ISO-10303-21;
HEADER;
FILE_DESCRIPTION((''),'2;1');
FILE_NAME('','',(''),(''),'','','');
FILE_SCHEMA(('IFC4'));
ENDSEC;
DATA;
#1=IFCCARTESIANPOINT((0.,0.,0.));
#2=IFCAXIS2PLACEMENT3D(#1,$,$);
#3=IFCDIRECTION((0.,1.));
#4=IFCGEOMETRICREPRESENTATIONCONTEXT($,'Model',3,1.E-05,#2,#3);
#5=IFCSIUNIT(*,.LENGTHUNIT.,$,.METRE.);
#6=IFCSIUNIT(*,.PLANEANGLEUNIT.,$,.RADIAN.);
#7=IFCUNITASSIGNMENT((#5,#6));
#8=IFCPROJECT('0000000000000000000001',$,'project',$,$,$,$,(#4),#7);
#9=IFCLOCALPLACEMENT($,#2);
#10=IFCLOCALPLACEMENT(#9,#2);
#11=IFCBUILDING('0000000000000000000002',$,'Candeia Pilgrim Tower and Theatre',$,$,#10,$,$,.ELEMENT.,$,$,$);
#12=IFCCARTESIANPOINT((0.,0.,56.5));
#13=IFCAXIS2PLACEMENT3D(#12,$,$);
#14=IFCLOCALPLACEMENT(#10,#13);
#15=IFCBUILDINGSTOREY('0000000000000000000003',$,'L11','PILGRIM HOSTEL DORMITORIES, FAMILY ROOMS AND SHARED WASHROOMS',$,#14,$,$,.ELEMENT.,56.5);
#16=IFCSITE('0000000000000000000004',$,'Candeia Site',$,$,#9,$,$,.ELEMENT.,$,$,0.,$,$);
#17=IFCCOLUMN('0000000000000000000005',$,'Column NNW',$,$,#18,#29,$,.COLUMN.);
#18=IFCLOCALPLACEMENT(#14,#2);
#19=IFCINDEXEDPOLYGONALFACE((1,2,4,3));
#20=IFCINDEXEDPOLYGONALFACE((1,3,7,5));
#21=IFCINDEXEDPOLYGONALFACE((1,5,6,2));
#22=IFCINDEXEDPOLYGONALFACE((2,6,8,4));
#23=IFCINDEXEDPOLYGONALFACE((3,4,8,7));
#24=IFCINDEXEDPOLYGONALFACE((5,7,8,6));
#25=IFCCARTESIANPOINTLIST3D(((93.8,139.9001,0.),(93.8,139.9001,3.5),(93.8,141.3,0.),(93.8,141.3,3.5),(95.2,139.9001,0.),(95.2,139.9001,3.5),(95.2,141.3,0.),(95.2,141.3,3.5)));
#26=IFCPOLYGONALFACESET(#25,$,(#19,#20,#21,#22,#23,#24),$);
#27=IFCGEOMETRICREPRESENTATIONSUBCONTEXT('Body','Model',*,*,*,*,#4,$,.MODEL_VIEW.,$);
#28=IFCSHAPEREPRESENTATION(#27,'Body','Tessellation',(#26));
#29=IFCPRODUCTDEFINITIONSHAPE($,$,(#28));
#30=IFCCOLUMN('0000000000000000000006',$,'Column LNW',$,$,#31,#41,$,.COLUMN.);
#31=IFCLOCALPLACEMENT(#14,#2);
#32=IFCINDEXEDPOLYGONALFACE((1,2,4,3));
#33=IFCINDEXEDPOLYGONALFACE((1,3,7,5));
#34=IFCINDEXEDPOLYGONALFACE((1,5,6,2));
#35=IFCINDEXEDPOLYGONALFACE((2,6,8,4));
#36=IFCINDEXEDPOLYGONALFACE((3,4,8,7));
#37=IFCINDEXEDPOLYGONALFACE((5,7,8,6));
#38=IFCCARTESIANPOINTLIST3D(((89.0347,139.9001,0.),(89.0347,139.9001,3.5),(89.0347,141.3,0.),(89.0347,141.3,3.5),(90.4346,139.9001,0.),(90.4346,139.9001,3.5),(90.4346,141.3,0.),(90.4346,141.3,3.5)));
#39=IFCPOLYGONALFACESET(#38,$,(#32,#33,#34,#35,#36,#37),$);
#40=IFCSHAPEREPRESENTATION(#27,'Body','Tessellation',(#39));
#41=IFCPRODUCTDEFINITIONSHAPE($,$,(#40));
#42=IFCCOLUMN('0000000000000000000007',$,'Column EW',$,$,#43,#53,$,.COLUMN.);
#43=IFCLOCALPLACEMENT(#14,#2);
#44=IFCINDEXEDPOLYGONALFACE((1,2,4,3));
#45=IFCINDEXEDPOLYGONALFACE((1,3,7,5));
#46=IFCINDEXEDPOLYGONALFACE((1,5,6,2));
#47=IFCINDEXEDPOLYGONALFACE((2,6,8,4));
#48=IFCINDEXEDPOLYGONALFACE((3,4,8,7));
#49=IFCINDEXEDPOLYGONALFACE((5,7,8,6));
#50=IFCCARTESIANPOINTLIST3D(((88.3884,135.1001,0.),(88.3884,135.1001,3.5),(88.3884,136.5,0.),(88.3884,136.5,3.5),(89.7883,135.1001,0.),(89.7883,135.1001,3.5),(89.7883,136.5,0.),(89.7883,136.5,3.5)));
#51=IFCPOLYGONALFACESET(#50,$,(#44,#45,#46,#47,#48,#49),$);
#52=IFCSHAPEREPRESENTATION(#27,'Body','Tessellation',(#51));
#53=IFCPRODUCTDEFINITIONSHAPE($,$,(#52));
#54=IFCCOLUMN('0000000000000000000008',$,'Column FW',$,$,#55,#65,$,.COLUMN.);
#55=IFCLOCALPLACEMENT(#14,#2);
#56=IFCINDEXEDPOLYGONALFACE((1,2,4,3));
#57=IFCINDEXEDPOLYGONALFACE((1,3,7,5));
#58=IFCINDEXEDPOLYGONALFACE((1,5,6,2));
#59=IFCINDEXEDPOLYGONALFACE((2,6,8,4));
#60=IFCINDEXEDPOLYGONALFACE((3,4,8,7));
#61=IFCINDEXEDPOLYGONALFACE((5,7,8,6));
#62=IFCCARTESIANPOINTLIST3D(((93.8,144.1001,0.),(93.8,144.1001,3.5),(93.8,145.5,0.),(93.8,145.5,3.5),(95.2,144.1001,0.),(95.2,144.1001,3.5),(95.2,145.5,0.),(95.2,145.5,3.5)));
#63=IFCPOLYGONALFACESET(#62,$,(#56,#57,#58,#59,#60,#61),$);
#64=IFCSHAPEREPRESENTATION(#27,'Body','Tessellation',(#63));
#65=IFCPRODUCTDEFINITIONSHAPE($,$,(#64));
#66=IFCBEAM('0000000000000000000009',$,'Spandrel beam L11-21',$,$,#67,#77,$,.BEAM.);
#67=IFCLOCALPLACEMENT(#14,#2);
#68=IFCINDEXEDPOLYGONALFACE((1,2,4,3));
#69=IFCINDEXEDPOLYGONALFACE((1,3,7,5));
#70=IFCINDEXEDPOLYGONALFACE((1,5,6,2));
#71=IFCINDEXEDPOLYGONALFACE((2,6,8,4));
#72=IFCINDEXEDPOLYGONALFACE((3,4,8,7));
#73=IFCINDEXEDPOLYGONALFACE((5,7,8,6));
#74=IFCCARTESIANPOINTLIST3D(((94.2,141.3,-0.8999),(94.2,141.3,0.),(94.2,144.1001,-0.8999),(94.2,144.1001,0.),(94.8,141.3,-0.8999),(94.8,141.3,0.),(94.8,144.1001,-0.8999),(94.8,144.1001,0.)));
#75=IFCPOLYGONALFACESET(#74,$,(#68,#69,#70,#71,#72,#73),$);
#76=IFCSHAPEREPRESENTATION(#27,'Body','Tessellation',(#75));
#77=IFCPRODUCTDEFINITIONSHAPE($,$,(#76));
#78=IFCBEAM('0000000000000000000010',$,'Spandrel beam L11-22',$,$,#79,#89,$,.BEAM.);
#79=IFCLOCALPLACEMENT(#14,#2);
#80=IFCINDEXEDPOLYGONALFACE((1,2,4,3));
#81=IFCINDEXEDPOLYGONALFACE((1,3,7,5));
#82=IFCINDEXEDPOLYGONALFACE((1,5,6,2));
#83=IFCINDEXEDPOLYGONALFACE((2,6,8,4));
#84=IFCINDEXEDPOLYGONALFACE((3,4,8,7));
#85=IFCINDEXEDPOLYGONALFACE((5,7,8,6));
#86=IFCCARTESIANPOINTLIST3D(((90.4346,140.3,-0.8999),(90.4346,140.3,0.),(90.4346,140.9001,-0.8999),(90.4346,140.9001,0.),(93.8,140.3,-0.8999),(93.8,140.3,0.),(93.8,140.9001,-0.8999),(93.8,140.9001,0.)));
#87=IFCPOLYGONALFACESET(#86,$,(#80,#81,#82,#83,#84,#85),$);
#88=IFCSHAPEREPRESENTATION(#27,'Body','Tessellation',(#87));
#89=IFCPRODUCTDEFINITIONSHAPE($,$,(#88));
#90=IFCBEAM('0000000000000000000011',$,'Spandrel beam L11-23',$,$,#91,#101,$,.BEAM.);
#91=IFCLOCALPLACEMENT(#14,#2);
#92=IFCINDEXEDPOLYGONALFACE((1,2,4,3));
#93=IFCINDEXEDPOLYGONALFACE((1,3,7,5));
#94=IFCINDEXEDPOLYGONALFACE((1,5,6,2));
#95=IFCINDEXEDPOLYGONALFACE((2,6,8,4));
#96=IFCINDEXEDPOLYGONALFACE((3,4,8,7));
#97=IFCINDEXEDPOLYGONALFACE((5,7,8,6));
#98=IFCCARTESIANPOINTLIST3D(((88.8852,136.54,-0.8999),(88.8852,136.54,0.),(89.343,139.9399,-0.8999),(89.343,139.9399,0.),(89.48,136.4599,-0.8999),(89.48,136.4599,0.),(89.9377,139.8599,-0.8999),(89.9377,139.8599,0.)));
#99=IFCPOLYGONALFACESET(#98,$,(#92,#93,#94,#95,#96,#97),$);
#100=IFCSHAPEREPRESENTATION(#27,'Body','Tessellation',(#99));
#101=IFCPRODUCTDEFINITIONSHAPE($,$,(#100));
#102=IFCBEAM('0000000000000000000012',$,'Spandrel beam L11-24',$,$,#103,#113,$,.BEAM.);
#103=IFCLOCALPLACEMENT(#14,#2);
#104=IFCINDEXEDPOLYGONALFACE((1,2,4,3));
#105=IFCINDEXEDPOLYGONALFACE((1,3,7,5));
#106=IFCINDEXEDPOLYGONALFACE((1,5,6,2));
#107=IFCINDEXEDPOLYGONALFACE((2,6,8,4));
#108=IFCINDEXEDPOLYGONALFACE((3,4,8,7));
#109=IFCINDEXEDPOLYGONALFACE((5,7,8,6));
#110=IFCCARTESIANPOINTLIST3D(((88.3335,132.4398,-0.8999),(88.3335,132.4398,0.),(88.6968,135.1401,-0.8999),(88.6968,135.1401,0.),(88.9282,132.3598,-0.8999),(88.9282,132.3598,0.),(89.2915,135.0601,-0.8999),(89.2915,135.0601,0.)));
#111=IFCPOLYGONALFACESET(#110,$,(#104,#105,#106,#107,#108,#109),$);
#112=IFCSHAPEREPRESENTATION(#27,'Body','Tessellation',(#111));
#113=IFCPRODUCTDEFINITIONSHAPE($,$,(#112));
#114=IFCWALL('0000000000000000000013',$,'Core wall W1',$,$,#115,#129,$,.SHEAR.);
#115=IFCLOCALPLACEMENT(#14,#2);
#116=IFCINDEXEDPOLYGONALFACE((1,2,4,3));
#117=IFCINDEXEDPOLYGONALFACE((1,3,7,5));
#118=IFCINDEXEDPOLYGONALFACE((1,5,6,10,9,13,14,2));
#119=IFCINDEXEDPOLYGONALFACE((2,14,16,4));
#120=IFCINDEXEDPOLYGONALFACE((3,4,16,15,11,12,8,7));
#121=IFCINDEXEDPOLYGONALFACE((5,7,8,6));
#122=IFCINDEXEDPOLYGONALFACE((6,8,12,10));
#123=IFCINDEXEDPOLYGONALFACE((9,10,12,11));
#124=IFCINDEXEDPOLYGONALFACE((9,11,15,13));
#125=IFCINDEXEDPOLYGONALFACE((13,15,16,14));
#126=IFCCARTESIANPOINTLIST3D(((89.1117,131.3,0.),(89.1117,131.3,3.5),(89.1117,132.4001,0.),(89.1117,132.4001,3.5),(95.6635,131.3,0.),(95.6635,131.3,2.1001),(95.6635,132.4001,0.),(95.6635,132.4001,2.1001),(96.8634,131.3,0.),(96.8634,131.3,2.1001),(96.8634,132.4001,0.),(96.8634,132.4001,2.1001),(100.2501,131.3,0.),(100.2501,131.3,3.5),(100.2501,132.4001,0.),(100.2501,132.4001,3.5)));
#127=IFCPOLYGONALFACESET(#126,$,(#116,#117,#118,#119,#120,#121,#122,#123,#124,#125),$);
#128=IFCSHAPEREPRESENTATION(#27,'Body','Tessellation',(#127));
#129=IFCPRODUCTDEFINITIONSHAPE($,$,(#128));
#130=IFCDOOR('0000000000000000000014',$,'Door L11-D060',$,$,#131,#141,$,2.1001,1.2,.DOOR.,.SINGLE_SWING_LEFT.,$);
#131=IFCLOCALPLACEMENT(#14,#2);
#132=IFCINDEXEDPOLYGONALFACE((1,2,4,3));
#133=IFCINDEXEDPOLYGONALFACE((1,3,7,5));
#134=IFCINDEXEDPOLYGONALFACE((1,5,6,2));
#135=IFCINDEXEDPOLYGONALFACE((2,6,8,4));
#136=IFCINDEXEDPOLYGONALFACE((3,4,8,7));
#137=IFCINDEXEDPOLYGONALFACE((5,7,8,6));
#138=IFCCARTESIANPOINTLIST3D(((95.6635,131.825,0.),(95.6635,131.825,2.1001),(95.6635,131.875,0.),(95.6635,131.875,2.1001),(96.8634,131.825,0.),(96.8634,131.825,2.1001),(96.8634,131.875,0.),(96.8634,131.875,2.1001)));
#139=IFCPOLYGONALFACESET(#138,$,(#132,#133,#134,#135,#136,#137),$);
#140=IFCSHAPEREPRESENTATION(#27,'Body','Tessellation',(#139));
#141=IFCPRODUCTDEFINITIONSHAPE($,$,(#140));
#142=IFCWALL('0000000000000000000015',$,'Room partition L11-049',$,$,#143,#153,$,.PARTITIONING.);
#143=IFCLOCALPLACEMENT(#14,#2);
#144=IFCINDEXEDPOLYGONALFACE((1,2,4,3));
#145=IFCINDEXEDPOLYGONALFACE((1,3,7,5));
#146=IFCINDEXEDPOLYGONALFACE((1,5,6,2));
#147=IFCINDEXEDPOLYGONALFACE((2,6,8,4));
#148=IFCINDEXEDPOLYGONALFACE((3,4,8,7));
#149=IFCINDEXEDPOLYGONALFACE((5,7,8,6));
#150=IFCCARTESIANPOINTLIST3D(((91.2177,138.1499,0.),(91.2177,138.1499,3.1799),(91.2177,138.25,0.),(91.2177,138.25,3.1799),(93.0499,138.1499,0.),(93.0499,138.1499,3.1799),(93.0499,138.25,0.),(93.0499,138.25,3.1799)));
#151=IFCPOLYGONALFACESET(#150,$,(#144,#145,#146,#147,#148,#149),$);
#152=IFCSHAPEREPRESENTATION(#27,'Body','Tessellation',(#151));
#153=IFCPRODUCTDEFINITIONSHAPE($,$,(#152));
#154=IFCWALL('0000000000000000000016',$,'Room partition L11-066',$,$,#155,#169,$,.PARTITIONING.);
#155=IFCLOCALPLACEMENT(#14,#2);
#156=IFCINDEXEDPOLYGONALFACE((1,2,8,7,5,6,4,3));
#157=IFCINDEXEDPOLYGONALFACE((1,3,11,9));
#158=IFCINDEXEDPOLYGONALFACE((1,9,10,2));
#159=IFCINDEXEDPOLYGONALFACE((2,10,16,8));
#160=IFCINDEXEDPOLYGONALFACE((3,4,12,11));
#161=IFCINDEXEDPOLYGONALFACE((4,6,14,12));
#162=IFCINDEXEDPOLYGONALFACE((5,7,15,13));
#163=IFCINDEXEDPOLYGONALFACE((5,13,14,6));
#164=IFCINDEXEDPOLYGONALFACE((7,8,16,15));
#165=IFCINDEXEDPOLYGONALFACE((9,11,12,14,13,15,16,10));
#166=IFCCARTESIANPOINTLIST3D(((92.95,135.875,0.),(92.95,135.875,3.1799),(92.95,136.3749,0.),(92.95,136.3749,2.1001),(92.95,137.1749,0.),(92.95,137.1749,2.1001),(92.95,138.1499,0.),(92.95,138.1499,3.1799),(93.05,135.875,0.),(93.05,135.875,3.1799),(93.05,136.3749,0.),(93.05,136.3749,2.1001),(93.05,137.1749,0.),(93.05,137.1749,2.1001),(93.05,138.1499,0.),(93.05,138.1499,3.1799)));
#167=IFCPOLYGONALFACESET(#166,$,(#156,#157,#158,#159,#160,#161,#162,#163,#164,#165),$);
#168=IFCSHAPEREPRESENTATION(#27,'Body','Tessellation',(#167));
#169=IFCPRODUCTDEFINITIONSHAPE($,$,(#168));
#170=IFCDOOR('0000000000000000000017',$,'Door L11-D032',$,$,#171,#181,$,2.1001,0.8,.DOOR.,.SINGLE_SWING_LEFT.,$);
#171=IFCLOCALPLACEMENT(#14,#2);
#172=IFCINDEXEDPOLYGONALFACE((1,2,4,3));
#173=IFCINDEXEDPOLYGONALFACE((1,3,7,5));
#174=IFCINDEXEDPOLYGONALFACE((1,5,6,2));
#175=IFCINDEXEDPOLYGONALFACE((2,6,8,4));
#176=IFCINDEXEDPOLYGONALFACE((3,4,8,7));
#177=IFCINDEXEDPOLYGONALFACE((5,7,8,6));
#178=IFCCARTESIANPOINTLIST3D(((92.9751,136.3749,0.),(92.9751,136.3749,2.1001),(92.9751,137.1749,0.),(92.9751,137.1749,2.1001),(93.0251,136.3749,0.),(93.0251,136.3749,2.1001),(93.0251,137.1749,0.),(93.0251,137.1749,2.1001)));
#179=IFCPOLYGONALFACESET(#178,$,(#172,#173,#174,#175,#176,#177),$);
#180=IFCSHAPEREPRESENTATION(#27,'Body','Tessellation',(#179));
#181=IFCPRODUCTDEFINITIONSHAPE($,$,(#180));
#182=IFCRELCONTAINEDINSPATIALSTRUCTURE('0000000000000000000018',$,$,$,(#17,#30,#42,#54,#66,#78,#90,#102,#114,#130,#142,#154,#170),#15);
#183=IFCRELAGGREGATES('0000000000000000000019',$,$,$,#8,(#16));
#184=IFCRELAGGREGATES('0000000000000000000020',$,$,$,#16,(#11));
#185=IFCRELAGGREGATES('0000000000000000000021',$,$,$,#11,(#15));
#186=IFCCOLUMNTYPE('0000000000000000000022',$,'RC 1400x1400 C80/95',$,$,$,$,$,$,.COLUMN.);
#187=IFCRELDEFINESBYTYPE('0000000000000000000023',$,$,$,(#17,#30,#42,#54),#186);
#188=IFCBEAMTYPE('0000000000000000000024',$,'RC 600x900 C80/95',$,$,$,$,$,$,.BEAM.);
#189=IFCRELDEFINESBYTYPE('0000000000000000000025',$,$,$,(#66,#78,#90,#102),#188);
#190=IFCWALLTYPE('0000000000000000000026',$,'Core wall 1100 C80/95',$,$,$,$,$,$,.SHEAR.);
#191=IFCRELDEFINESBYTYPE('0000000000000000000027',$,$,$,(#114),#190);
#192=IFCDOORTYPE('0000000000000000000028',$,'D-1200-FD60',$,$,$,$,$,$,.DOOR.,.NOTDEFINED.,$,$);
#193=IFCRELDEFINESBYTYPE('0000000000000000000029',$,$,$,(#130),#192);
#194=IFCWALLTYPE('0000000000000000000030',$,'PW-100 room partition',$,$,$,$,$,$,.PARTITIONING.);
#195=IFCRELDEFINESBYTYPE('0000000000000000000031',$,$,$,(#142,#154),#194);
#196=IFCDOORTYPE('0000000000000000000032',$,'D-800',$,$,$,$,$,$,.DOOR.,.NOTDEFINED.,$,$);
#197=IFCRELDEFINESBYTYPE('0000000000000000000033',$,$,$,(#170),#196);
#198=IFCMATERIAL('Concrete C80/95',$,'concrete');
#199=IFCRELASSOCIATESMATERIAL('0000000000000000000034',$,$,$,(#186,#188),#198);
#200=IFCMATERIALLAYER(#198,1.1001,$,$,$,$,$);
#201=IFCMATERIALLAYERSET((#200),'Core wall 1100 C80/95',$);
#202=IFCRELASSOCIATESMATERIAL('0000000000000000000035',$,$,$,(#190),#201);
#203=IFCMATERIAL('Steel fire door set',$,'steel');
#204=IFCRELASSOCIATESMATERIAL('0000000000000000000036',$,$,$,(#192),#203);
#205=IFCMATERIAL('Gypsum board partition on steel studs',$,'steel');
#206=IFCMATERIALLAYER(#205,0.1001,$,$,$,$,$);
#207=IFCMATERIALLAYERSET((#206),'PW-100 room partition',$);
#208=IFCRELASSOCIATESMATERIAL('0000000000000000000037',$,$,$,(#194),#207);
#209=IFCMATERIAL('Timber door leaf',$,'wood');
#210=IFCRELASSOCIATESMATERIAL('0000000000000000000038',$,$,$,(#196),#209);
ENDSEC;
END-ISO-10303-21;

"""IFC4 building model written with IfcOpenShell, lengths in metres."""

from ifc_helpers import new_model, si_unit, direction, frame, frame_2d, origin, origin_2d, place, context, subcontext, project, spatial, rectangle, extrude, material, layer, layer_set, material_profile, profile_set, type_object, element, fill, save


model = new_model("IFC4")

# Units and contexts
model_context = context("Model", 3, precision=1e-05, world=origin(), true_north=direction((0.0, 1.0)))
body_context = subcontext(model_context, "Body", "Model", "MODEL_VIEW")
ifc_project = project(units=[si_unit("LENGTHUNIT", "METRE"), si_unit("PLANEANGLEUNIT", "RADIAN")], contexts=[model_context])

# Site, building, storey
site_placement = place(None, origin())
site = spatial("IfcSite", under=ifc_project, at=site_placement, Name="Candeia Site", CompositionType="ELEMENT", RefElevation=0.0)
building_placement = place(site_placement, origin())
building = spatial("IfcBuilding", under=site, at=building_placement, Name="Candeia Pilgrim Tower and Theatre", CompositionType="ELEMENT")
storey_placement = place(building_placement, frame((0.0, 0.0, 56.5)))
storey = spatial("IfcBuildingStorey", under=building, at=storey_placement, Name="L11", Description="PILGRIM HOSTEL DORMITORIES, FAMILY ROOMS AND SHARED WASHROOMS", CompositionType="ELEMENT", Elevation=56.5)

# Columns
ifc_material_1 = material(Name="Concrete C80/95", Category="concrete")
ifc_material_profile_1 = material_profile(ifc_material_1, rectangle(XDim=1.3999, YDim=1.3999, at=origin_2d()))
ifc_profile_set_1 = profile_set([ifc_material_profile_1], Name="Concrete C80/95")
column_type = type_object("IfcColumnType", Name="RC 1400x1400 C80/95", PredefinedType="COLUMN", material=ifc_profile_set_1)
for number, where, z_axis, x_axis, name in (
    (1, (94.5, 140.6001, 0.0), (0.0, 0.0, 1.0), (1.0, 0.0, 0.0), "Column NNW"),
    (2, (89.7346, 140.6001, 0.0), (0.0, 0.0, 1.0), (1.0, 0.0, 0.0), "Column LNW"),
    (3, (89.0884, 135.8, 0.0), (0.0, 0.0, 1.0), (1.0, 0.0, 0.0), "Column EW"),
    (4, (94.5, 144.8, 0.0), (0.0, 0.0, 1.0), (1.0, 0.0, 0.0), "Column FW"),
):
    element("IfcColumn", number, at=place(storey_placement, frame(where, z_axis=z_axis, x_axis=x_axis)), inside=storey, type_object=column_type, Name=name, PredefinedType="COLUMN", context=body_context, shape_type="SweptSolid", body=[
        extrude(rectangle(XDim=1.3999, YDim=1.3999, at=origin_2d()), origin(), (0.0, 0.0, 1.0), 3.5),
    ])

# Beams
ifc_material_profile_2 = material_profile(ifc_material_1, rectangle(XDim=0.6001, YDim=0.8999, at=origin_2d()))
ifc_profile_set_2 = profile_set([ifc_material_profile_2], Name="Concrete C80/95")
beam_type = type_object("IfcBeamType", Name="RC 600x900 C80/95", PredefinedType="BEAM", material=ifc_profile_set_2)
beam_1_placement = place(storey_placement, frame((94.5, 144.1001, -0.45), z_axis=(0.0, -1.0, 0.0), x_axis=(1.0, 0.0, 0.0)))
element("IfcBeam", 5, at=beam_1_placement, inside=storey, type_object=beam_type, Name="Spandrel beam L11-21", PredefinedType="BEAM", context=body_context, shape_type="SweptSolid", body=[
    extrude(rectangle(XDim=0.6001, YDim=0.8999, at=origin_2d()), origin(), (0.0, 0.0, 1.0), 2.8),
])
beam_2_placement = place(storey_placement, frame((93.8, 140.6001, -0.45), z_axis=(-1.0, 0.0, 0.0), x_axis=(0.0, -1.0, 0.0)))
element("IfcBeam", 6, at=beam_2_placement, inside=storey, type_object=beam_type, Name="Spandrel beam L11-22", PredefinedType="BEAM", context=body_context, shape_type="SweptSolid", body=[
    extrude(rectangle(XDim=0.6001, YDim=0.8999, at=origin_2d()), origin(), (0.0, 0.0, 1.0), 3.3655),
])
beam_3_placement = place(storey_placement, frame((89.6404, 139.8999, -0.45), z_axis=(-0.133436, -0.991057, 0.0), x_axis=(0.991057, -0.133436, 0.0)))
element("IfcBeam", 7, at=beam_3_placement, inside=storey, type_object=beam_type, Name="Spandrel beam L11-23", PredefinedType="BEAM", context=body_context, shape_type="SweptSolid", body=[
    extrude(rectangle(XDim=0.6001, YDim=0.8999, at=origin_2d()), origin(), (0.0, 0.0, 1.0), 3.4307),
])
beam_4_placement = place(storey_placement, frame((88.9941, 135.1001, -0.45), z_axis=(-0.133338, -0.991071, 0.0), x_axis=(0.991071, -0.133338, 0.0)))
element("IfcBeam", 8, at=beam_4_placement, inside=storey, type_object=beam_type, Name="Spandrel beam L11-24", PredefinedType="BEAM", context=body_context, shape_type="SweptSolid", body=[
    extrude(rectangle(XDim=0.6001, YDim=0.8999, at=origin_2d()), origin(), (0.0, 0.0, 1.0), 2.7246),
])

# Wall, opening, door
ifc_layer_1 = layer(ifc_material_1, 1.1001)
ifc_layer_set_1 = layer_set([ifc_layer_1], Name="Core wall 1100 C80/95")
wall_type_1 = type_object("IfcWallType", Name="Core wall 1100 C80/95", PredefinedType="SHEAR", material=ifc_layer_set_1)
wall_1_placement = place(storey_placement, frame((89.1116, 131.8501, 0.0), z_axis=(0.0, 0.0, 1.0), x_axis=(1.0, 0.0, 0.0)))
wall_1 = element("IfcWall", 9, at=wall_1_placement, inside=storey, type_object=wall_type_1, Name="Core wall W1", PredefinedType="SHEAR", context=body_context, shape_type="SweptSolid", body=[
    extrude(rectangle(XDim=11.1384, YDim=1.1001, at=frame_2d((5.5693, 0.0))), origin(), (0.0, 0.0, 1.0), 3.5),
])
opening_1_placement = place(wall_1_placement, frame((6.5518, 0.0, 0.0)))
opening_1 = element("IfcOpeningElement", 10, at=opening_1_placement, cuts=wall_1, PredefinedType="OPENING", context=body_context, shape_type="SweptSolid", body=[
    extrude(rectangle(XDim=1.2, YDim=2.1001, at=frame_2d((0.6001, 1.05))), frame((0.0, 0.5601, 0.0), z_axis=(0.0, -1.0, 0.0), x_axis=(1.0, 0.0, 0.0)), (0.0, 0.0, 1.0), 1.1201),
])
ifc_material_2 = material(Name="Steel fire door set", Category="steel")
door_type_1 = type_object("IfcDoorType", Name="D-1200-FD60", OperationType="NOTDEFINED", PredefinedType="DOOR", material=ifc_material_2)
door_1_placement = place(opening_1_placement, origin())
door_1 = element("IfcDoor", 11, at=door_1_placement, inside=storey, type_object=door_type_1, Name="Door L11-D060", OperationType="SINGLE_SWING_LEFT", OverallHeight=2.1001, OverallWidth=1.2, PredefinedType="DOOR", context=body_context, shape_type="SweptSolid", body=[
    extrude(rectangle(XDim=1.2, YDim=2.1001, at=frame_2d((0.6001, 1.05))), frame((0.0, 0.0249, 0.0), z_axis=(0.0, -1.0, 0.0), x_axis=(1.0, 0.0, 0.0)), (0.0, 0.0, 1.0), 0.05),
])
fill(opening_1, door_1)

# Wall
ifc_material_3 = material(Name="Gypsum board partition on steel studs", Category="steel")
ifc_layer_2 = layer(ifc_material_3, 0.1001)
ifc_layer_set_2 = layer_set([ifc_layer_2], Name="PW-100 room partition")
wall_type_2 = type_object("IfcWallType", Name="PW-100 room partition", PredefinedType="PARTITIONING", material=ifc_layer_set_2)
wall_2_placement = place(storey_placement, frame((91.2178, 138.2, 0.0), z_axis=(0.0, 0.0, 1.0), x_axis=(1.0, 0.0, 0.0)))
element("IfcWall", 12, at=wall_2_placement, inside=storey, type_object=wall_type_2, Name="Room partition L11-049", PredefinedType="PARTITIONING", context=body_context, shape_type="SweptSolid", body=[
    extrude(rectangle(XDim=1.8323, YDim=0.1001, at=frame_2d((0.916, 0.0))), origin(), (0.0, 0.0, 1.0), 3.1799),
])

# Wall, opening, door
wall_3_placement = place(storey_placement, frame((93.0, 135.875, 0.0), z_axis=(0.0, 0.0, 1.0), x_axis=(0.0, 1.0, 0.0)))
wall_3 = element("IfcWall", 13, at=wall_3_placement, inside=storey, type_object=wall_type_2, Name="Room partition L11-066", PredefinedType="PARTITIONING", context=body_context, shape_type="SweptSolid", body=[
    extrude(rectangle(XDim=2.2749, YDim=0.1001, at=frame_2d((1.1375, 0.0))), origin(), (0.0, 0.0, 1.0), 3.1799),
])
opening_2_placement = place(wall_3_placement, frame((0.5, 0.0, 0.0)))
opening_2 = element("IfcOpeningElement", 14, at=opening_2_placement, cuts=wall_3, PredefinedType="OPENING", context=body_context, shape_type="SweptSolid", body=[
    extrude(rectangle(XDim=0.8, YDim=2.1001, at=frame_2d((0.3999, 1.05))), frame((0.0, 0.0601, 0.0), z_axis=(0.0, -1.0, 0.0), x_axis=(1.0, 0.0, 0.0)), (0.0, 0.0, 1.0), 0.1201),
])
ifc_material_4 = material(Name="Timber door leaf", Category="wood")
door_type_2 = type_object("IfcDoorType", Name="D-800", OperationType="NOTDEFINED", PredefinedType="DOOR", material=ifc_material_4)
door_2_placement = place(opening_2_placement, origin())
door_2 = element("IfcDoor", 15, at=door_2_placement, inside=storey, type_object=door_type_2, Name="Door L11-D032", OperationType="SINGLE_SWING_LEFT", OverallHeight=2.1001, OverallWidth=0.8, PredefinedType="DOOR", context=body_context, shape_type="SweptSolid", body=[
    extrude(rectangle(XDim=0.8, YDim=2.1001, at=frame_2d((0.3999, 1.05))), frame((0.0, 0.0249, 0.0), z_axis=(0.0, -1.0, 0.0), x_axis=(1.0, 0.0, 0.0)), (0.0, 0.0, 1.0), 0.05),
])
fill(opening_2, door_2)

save(model, "model.ifc")
